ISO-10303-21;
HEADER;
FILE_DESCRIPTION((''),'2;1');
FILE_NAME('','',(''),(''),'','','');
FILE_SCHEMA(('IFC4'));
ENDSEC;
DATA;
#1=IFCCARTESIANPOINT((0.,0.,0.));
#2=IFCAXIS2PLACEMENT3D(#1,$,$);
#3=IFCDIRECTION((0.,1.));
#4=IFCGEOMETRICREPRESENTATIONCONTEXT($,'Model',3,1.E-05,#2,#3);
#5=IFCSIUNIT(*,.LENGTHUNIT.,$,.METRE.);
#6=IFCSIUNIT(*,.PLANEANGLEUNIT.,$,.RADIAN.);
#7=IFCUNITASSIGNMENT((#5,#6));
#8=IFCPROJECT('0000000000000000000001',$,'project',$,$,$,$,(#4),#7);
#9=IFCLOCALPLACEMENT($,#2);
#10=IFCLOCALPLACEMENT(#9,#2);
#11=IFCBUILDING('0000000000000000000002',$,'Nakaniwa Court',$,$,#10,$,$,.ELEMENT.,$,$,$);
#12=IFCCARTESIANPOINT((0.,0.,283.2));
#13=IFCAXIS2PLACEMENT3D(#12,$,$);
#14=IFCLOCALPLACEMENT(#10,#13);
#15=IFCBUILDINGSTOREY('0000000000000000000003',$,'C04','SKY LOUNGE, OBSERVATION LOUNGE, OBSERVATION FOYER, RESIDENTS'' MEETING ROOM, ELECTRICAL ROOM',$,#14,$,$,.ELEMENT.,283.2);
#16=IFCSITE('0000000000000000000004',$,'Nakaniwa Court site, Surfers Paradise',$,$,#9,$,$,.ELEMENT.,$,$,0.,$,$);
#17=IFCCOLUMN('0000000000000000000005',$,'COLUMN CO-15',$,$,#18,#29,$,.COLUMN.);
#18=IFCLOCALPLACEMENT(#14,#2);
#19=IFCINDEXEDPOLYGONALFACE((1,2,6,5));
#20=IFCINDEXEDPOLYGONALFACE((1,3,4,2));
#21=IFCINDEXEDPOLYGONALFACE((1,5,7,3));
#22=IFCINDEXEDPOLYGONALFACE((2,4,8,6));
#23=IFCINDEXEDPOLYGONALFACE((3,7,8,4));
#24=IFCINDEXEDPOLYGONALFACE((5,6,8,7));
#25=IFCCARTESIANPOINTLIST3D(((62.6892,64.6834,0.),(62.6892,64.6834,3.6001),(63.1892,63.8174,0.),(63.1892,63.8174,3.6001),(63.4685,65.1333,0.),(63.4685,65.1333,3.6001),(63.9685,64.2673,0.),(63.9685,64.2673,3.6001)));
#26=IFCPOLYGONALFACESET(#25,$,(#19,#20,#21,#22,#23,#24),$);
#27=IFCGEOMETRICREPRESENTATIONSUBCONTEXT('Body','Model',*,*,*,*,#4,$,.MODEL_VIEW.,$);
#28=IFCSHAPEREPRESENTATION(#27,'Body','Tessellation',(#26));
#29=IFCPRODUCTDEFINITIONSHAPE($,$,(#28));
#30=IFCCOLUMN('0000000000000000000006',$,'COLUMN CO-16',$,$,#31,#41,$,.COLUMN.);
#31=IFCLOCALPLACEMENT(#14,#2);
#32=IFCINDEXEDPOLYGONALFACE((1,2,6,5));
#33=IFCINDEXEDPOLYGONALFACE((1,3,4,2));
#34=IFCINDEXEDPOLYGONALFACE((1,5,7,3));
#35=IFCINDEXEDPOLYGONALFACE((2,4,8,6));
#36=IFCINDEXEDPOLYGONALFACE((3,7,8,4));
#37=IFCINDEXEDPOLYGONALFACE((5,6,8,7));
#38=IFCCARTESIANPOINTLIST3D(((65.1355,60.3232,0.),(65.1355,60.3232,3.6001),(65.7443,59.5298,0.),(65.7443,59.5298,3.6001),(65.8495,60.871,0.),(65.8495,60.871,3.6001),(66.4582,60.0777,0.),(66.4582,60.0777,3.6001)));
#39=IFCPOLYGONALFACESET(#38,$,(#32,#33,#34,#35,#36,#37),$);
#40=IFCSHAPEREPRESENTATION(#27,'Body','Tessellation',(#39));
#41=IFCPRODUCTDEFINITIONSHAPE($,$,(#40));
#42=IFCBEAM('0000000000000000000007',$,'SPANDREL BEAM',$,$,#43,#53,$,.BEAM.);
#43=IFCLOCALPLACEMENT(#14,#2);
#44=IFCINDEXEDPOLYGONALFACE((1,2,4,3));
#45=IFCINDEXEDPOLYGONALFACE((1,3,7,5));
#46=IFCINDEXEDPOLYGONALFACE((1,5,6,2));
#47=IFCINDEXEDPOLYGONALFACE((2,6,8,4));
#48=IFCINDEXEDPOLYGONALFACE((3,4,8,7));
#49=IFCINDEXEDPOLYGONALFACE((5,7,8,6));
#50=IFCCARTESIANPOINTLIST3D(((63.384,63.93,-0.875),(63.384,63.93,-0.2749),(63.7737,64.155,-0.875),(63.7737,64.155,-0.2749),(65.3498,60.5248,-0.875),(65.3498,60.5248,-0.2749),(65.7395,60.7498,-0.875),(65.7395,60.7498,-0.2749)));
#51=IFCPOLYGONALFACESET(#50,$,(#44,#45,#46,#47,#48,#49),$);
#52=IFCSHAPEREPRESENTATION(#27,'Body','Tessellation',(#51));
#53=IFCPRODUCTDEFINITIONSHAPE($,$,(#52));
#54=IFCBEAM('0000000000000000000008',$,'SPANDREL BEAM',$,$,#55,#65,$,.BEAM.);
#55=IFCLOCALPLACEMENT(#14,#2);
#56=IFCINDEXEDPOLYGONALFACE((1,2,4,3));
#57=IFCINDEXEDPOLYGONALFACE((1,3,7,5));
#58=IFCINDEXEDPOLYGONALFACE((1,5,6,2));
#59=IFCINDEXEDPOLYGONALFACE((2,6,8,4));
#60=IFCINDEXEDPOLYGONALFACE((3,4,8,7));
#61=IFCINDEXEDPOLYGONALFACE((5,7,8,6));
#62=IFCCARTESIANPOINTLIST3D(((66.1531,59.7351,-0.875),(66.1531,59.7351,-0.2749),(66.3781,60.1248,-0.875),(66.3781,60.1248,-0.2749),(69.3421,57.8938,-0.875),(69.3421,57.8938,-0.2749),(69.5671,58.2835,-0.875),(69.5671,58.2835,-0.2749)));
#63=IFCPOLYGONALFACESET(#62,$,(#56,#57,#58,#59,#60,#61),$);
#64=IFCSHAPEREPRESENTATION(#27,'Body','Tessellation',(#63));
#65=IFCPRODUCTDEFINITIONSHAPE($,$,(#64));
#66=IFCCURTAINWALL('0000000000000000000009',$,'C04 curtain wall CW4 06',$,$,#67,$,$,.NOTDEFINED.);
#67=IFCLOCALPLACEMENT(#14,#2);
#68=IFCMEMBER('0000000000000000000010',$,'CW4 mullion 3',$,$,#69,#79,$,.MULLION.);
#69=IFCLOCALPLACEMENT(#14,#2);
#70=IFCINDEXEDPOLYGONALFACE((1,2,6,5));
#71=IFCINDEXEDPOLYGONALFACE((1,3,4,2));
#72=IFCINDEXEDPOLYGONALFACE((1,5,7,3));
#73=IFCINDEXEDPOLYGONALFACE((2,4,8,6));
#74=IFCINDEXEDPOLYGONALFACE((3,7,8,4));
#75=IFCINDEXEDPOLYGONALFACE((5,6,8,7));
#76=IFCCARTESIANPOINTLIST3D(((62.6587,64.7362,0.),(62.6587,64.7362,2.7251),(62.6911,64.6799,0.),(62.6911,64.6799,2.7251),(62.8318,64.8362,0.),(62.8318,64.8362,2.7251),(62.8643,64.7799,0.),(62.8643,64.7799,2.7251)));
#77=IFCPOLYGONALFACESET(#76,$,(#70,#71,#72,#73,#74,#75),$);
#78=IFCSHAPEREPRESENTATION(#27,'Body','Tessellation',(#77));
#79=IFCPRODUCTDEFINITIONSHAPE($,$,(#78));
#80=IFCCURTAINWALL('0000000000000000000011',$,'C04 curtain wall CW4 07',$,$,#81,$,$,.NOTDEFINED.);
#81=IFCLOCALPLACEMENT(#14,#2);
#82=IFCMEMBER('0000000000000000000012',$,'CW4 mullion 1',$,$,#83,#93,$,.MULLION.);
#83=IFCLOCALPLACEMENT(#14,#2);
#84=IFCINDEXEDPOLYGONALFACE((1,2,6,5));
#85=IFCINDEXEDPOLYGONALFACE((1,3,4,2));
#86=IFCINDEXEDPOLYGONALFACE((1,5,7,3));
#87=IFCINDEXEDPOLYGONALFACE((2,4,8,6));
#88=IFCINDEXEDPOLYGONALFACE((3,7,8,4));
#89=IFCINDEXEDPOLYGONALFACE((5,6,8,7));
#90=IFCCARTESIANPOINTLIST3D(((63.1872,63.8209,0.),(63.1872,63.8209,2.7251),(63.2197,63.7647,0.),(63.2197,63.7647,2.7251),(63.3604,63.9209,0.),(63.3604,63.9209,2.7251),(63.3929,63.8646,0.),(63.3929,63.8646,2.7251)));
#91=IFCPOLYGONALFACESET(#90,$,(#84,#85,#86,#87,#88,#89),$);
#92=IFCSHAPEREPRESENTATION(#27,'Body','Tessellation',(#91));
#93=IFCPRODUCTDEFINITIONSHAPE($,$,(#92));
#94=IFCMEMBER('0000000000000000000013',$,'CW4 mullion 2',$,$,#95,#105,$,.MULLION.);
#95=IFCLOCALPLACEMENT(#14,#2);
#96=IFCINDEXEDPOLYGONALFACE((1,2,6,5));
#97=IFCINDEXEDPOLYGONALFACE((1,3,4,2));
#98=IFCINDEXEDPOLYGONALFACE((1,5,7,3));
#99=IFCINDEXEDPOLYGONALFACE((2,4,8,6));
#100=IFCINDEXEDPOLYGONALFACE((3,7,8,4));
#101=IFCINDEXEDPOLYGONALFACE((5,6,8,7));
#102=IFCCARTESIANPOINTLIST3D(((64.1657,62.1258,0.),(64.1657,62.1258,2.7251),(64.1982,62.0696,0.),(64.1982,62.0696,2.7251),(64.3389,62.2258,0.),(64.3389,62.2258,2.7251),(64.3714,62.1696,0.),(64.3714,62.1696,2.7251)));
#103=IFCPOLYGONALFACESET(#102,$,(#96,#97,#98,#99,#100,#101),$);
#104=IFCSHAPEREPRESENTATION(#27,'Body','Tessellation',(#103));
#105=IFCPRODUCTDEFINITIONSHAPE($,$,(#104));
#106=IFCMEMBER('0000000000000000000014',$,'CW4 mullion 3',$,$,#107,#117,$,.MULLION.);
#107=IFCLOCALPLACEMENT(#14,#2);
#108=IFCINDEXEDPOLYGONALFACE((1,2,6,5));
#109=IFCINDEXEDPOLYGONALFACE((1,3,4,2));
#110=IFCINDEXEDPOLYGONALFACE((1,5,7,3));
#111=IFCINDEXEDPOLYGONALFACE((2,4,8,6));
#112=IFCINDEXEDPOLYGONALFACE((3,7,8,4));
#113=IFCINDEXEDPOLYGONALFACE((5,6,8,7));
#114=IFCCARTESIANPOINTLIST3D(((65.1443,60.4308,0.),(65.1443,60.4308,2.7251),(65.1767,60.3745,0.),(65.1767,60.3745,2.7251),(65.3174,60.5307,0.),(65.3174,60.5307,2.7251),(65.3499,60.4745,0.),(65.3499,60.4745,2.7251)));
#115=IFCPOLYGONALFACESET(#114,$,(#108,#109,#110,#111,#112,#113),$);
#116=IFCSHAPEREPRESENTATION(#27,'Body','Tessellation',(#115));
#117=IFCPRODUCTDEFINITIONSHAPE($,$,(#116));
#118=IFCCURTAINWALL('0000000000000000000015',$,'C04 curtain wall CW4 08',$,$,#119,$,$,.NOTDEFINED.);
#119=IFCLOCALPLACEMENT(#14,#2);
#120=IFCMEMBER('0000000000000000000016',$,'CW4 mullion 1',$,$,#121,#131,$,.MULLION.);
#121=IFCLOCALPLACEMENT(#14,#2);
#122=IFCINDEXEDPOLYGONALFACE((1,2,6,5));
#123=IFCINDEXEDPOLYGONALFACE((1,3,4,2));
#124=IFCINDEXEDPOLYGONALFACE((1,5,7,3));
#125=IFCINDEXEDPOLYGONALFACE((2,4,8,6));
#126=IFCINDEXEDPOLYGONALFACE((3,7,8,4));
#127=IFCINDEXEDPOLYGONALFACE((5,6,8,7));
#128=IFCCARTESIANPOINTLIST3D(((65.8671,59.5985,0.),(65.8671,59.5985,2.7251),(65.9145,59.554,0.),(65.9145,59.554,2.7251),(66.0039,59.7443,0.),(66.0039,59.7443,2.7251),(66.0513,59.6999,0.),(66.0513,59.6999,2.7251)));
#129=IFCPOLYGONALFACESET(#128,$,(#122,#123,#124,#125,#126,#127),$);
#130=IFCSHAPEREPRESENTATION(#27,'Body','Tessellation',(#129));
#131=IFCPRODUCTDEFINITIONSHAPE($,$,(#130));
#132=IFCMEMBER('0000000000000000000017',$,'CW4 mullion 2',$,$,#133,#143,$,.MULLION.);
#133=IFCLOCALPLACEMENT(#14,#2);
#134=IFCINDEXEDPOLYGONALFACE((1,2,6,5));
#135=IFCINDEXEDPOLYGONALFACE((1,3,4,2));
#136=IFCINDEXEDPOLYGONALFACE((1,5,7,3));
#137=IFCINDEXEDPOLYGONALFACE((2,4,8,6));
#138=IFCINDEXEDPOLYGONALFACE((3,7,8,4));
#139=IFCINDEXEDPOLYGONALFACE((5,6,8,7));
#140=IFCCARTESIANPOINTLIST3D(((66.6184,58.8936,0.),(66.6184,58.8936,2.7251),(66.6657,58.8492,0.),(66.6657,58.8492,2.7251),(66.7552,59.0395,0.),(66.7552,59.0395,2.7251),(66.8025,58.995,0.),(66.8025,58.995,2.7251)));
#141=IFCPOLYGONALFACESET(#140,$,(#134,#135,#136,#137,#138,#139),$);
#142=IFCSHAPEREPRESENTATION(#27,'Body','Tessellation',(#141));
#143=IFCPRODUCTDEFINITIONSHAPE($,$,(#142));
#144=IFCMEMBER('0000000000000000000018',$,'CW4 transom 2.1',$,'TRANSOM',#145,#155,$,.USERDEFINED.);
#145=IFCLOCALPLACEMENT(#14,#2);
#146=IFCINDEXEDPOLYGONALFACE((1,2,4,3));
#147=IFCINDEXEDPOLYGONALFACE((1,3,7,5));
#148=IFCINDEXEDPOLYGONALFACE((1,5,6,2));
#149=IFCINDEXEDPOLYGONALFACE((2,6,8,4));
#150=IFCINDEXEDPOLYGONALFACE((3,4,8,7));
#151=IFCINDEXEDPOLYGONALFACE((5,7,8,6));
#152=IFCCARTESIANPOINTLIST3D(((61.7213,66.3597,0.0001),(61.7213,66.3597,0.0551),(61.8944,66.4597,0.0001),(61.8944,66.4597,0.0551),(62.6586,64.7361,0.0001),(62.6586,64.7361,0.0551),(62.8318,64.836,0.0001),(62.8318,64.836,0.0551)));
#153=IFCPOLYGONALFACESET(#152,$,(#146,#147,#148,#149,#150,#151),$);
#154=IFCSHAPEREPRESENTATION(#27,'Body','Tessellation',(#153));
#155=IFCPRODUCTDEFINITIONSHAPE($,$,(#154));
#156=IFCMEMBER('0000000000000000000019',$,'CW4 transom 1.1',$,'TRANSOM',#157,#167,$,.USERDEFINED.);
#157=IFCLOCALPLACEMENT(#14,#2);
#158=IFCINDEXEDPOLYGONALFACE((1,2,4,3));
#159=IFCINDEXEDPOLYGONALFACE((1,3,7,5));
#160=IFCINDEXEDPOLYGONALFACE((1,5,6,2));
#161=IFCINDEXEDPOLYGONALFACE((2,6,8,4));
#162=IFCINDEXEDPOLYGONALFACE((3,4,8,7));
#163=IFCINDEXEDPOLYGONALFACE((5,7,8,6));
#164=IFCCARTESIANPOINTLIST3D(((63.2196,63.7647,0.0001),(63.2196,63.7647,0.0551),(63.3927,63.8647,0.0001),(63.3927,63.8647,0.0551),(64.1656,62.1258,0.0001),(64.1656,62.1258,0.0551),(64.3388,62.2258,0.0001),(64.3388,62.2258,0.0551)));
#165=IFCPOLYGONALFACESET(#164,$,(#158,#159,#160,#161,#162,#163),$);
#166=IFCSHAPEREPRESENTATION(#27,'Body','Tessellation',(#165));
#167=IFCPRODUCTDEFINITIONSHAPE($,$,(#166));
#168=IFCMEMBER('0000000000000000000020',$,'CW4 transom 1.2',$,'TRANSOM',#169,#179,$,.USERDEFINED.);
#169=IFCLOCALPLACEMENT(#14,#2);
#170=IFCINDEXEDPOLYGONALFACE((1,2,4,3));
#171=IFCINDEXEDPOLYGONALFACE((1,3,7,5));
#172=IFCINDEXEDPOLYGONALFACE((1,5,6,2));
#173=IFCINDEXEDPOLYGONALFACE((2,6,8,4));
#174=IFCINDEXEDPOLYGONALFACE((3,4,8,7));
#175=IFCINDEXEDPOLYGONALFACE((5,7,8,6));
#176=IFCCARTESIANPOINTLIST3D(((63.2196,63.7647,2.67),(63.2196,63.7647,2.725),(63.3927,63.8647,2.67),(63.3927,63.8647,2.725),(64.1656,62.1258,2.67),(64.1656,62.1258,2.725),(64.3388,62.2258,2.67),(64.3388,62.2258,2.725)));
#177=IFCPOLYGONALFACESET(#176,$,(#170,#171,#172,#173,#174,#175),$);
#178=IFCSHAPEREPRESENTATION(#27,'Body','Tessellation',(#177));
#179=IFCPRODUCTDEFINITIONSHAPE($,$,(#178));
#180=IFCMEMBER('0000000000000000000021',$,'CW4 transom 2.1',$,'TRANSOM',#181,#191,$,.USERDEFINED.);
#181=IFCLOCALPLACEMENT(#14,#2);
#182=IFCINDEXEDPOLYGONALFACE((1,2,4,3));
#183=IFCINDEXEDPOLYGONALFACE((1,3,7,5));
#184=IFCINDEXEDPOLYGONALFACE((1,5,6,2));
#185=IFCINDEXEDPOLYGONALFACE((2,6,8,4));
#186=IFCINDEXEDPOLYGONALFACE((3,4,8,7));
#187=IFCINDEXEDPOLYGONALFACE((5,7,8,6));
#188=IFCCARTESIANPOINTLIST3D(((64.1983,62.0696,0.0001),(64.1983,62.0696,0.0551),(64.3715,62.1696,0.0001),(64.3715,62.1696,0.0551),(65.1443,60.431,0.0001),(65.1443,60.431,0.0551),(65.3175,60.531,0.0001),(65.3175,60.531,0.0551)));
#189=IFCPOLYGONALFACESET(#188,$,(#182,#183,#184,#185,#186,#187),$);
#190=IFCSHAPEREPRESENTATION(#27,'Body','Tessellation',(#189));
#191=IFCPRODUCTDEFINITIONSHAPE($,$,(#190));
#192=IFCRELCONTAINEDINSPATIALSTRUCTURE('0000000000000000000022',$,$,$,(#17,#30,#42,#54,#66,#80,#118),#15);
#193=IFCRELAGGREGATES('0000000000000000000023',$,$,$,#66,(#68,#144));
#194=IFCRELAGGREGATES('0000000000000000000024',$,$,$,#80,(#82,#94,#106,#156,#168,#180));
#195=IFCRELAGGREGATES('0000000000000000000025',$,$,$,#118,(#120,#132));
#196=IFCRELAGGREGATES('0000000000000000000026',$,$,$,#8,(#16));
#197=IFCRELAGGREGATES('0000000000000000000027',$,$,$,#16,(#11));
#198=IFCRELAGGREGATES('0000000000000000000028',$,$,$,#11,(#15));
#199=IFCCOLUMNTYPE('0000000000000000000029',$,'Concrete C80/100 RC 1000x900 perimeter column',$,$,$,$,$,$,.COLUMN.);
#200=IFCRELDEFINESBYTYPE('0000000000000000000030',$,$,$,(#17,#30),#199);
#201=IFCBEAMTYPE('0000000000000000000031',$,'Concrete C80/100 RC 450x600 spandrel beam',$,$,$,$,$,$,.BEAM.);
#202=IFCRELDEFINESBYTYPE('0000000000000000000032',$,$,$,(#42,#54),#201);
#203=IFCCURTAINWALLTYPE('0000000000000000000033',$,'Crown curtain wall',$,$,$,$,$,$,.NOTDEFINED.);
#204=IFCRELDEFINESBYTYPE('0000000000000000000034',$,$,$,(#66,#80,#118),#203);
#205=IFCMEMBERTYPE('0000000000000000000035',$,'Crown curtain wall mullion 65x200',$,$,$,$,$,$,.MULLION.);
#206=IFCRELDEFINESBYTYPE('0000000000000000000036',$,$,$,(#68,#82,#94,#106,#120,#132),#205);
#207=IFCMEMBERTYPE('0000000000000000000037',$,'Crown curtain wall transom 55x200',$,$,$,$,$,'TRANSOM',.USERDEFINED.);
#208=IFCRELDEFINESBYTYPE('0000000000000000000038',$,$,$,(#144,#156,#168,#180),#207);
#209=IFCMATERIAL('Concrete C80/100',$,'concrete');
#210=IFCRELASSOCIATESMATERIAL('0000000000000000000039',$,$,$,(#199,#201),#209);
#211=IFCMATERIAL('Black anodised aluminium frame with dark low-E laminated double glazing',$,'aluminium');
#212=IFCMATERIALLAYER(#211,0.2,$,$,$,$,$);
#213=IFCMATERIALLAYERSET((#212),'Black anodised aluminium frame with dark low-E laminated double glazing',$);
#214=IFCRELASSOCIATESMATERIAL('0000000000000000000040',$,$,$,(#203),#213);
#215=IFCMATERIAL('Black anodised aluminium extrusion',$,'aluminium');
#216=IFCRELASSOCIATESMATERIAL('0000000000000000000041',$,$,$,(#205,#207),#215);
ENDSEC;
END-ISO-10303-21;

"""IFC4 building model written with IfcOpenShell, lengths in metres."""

from ifc_helpers import new_model, si_unit, direction, frame, origin, origin_2d, place, context, subcontext, project, spatial, rectangle, extrude, material, layer, layer_set, material_profile, profile_set, type_object, element, aggregate, save


model = new_model("IFC4")

# Units and contexts
model_context = context("Model", 3, precision=1e-05, world=origin(), true_north=direction((0.0, 1.0)))
body_context = subcontext(model_context, "Body", "Model", "MODEL_VIEW")
ifc_project = project(units=[si_unit("LENGTHUNIT", "METRE"), si_unit("PLANEANGLEUNIT", "RADIAN")], contexts=[model_context])

# Site, building, storey
site_placement = place(None, origin())
site = spatial("IfcSite", under=ifc_project, at=site_placement, Name="Nakaniwa Court site, Surfers Paradise", CompositionType="ELEMENT", RefElevation=0.0)
building_placement = place(site_placement, origin())
building = spatial("IfcBuilding", under=site, at=building_placement, Name="Nakaniwa Court", CompositionType="ELEMENT")
storey_placement = place(building_placement, frame((0.0, 0.0, 283.2)))
storey = spatial("IfcBuildingStorey", under=building, at=storey_placement, Name="C04", Description="SKY LOUNGE, OBSERVATION LOUNGE, OBSERVATION FOYER, RESIDENTS' MEETING ROOM, ELECTRICAL ROOM", CompositionType="ELEMENT", Elevation=283.2)

# Columns
ifc_material_1 = material(Name="Concrete C80/100", Category="concrete")
ifc_material_profile_1 = material_profile(ifc_material_1, rectangle(XDim=1.0, YDim=0.8999, at=origin_2d()), Name="Concrete C80/100 RC 1000x900 perimeter column")
ifc_profile_set_1 = profile_set([ifc_material_profile_1], Name="Concrete C80/100")
column_type = type_object("IfcColumnType", Name="Concrete C80/100 RC 1000x900 perimeter column", PredefinedType="COLUMN", material=ifc_profile_set_1)
for number, where, z_axis, x_axis, name in (
    (1, (63.3289, 64.4753, 0.0), (0.0, 0.0, 1.0), (0.5, -0.866025, 0.0), "COLUMN CO-15"),
    (2, (65.7969, 60.2004, 0.0), (0.0, 0.0, 1.0), (0.608761, -0.793353, 0.0), "COLUMN CO-16"),
):
    element("IfcColumn", number, at=place(storey_placement, frame(where, z_axis=z_axis, x_axis=x_axis)), inside=storey, type_object=column_type, Name=name, PredefinedType="COLUMN", context=body_context, shape_type="SweptSolid", body=[
        extrude(rectangle(XDim=1.0, YDim=0.8999, at=origin_2d()), origin(), (0.0, 0.0, 1.0), 3.6001),
    ])

# Beams
ifc_material_profile_2 = material_profile(ifc_material_1, rectangle(XDim=0.45, YDim=0.6001, at=origin_2d()), Name="Concrete C80/100 RC 450x600 spandrel beam")
ifc_profile_set_2 = profile_set([ifc_material_profile_2], Name="Concrete C80/100")
beam_type = type_object("IfcBeamType", Name="Concrete C80/100 RC 450x600 spandrel beam", PredefinedType="BEAM", material=ifc_profile_set_2)
beam_1_placement = place(storey_placement, frame((63.5789, 64.0425, -0.575), z_axis=(0.499959, -0.866049, 0.0), x_axis=(0.866049, 0.499959, 0.0)))
element("IfcBeam", 3, at=beam_1_placement, inside=storey, type_object=beam_type, Name="SPANDREL BEAM", PredefinedType="BEAM", context=body_context, shape_type="SweptSolid", body=[
    extrude(rectangle(XDim=0.45, YDim=0.6001, at=origin_2d()), origin(), (0.0, 0.0, 1.0), 3.9319),
])
beam_2_placement = place(storey_placement, frame((66.2656, 59.9299, -0.575), z_axis=(0.866007, -0.500032, 0.0), x_axis=(0.500032, 0.866007, 0.0)))
element("IfcBeam", 4, at=beam_2_placement, inside=storey, type_object=beam_type, Name="SPANDREL BEAM", PredefinedType="BEAM", context=body_context, shape_type="SweptSolid", body=[
    extrude(rectangle(XDim=0.45, YDim=0.6001, at=origin_2d()), origin(), (0.0, 0.0, 1.0), 3.6824),
])

# Curtain wall, member
ifc_material_2 = material(Name="Black anodised aluminium frame with dark low-E laminated double glazing", Category="aluminium")
ifc_layer_1 = layer(ifc_material_2, 0.2)
ifc_layer_set_1 = layer_set([ifc_layer_1], Name="Black anodised aluminium frame with dark low-E laminated double glazing")
curtain_wall_type = type_object("IfcCurtainWallType", Name="Crown curtain wall", PredefinedType="NOTDEFINED", material=ifc_layer_set_1)
curtain_wall_1_placement = place(storey_placement, origin())
curtain_wall_1 = element("IfcCurtainWall", 5, at=curtain_wall_1_placement, inside=storey, type_object=curtain_wall_type, Name="C04 curtain wall CW4 06", PredefinedType="NOTDEFINED")
ifc_material_3 = material(Name="Black anodised aluminium extrusion", Category="aluminium")
ifc_material_profile_3 = material_profile(ifc_material_3, rectangle(XDim=0.2, YDim=0.0649, at=origin_2d()), Name="Crown curtain wall mullion 65x200")
ifc_profile_set_3 = profile_set([ifc_material_profile_3], Name="Black anodised aluminium extrusion")
member_type_1 = type_object("IfcMemberType", Name="Crown curtain wall mullion 65x200", PredefinedType="MULLION", material=ifc_profile_set_3)
member_1_placement = place(storey_placement, frame((62.7615, 64.7581, 0.0), z_axis=(0.0, 0.0, 1.0), x_axis=(0.866033, 0.499987, 0.0)))
member_1 = element("IfcMember", 6, at=member_1_placement, type_object=member_type_1, Name="CW4 mullion 3", PredefinedType="MULLION", context=body_context, shape_type="SweptSolid", body=[
    extrude(rectangle(XDim=0.2, YDim=0.0649, at=origin_2d()), origin(), (0.0, 0.0, 1.0), 2.7251),
])

# Curtain walls, members
curtain_wall_2_placement = place(storey_placement, origin())
curtain_wall_2 = element("IfcCurtainWall", 7, at=curtain_wall_2_placement, inside=storey, type_object=curtain_wall_type, Name="C04 curtain wall CW4 07", PredefinedType="NOTDEFINED")
member_2_placement = place(storey_placement, frame((63.29, 63.8428, 0.0), z_axis=(0.0, 0.0, 1.0), x_axis=(0.866028, 0.499996, 0.0)))
member_2 = element("IfcMember", 8, at=member_2_placement, type_object=member_type_1, Name="CW4 mullion 1", PredefinedType="MULLION", context=body_context, shape_type="SweptSolid", body=[
    extrude(rectangle(XDim=0.2, YDim=0.0649, at=origin_2d()), origin(), (0.0, 0.0, 1.0), 2.7251),
])
member_3_placement = place(storey_placement, frame((64.2686, 62.1477, 0.0), z_axis=(0.0, 0.0, 1.0), x_axis=(0.866028, 0.499996, 0.0)))
member_3 = element("IfcMember", 9, at=member_3_placement, type_object=member_type_1, Name="CW4 mullion 2", PredefinedType="MULLION", context=body_context, shape_type="SweptSolid", body=[
    extrude(rectangle(XDim=0.2, YDim=0.0649, at=origin_2d()), origin(), (0.0, 0.0, 1.0), 2.7251),
])
member_4_placement = place(storey_placement, frame((65.2471, 60.4526, 0.0), z_axis=(0.0, 0.0, 1.0), x_axis=(0.866028, 0.499996, 0.0)))
member_4 = element("IfcMember", 10, at=member_4_placement, type_object=member_type_1, Name="CW4 mullion 3", PredefinedType="MULLION", context=body_context, shape_type="SweptSolid", body=[
    extrude(rectangle(XDim=0.2, YDim=0.0649, at=origin_2d()), origin(), (0.0, 0.0, 1.0), 2.7251),
])
curtain_wall_3_placement = place(storey_placement, origin())
curtain_wall_3 = element("IfcCurtainWall", 11, at=curtain_wall_3_placement, inside=storey, type_object=curtain_wall_type, Name="C04 curtain wall CW4 08", PredefinedType="NOTDEFINED")
member_5_placement = place(storey_placement, frame((65.9592, 59.6492, 0.0), z_axis=(0.0, 0.0, 1.0), x_axis=(0.684182, 0.729311, 0.0)))
member_5 = element("IfcMember", 12, at=member_5_placement, type_object=member_type_1, Name="CW4 mullion 1", PredefinedType="MULLION", context=body_context, shape_type="SweptSolid", body=[
    extrude(rectangle(XDim=0.2, YDim=0.0649, at=origin_2d()), origin(), (0.0, 0.0, 1.0), 2.7251),
])
member_6_placement = place(storey_placement, frame((66.7104, 58.9443, 0.0), z_axis=(0.0, 0.0, 1.0), x_axis=(0.684182, 0.729311, 0.0)))
member_6 = element("IfcMember", 13, at=member_6_placement, type_object=member_type_1, Name="CW4 mullion 2", PredefinedType="MULLION", context=body_context, shape_type="SweptSolid", body=[
    extrude(rectangle(XDim=0.2, YDim=0.0649, at=origin_2d()), origin(), (0.0, 0.0, 1.0), 2.7251),
])

# Members
ifc_material_profile_4 = material_profile(ifc_material_3, rectangle(XDim=0.2, YDim=0.0549, at=origin_2d()), Name="Crown curtain wall transom 55x200")
ifc_profile_set_4 = profile_set([ifc_material_profile_4], Name="Black anodised aluminium extrusion")
member_type_2 = type_object("IfcMemberType", Name="Crown curtain wall transom 55x200", ElementType="TRANSOM", PredefinedType="USERDEFINED", material=ifc_profile_set_4)
member_7_placement = place(storey_placement, frame((61.8079, 66.4097, 0.0276), z_axis=(0.499963, -0.866047, 0.0), x_axis=(0.866047, 0.499963, 0.0)))
member_7 = element("IfcMember", 14, at=member_7_placement, type_object=member_type_2, Name="CW4 transom 2.1", ObjectType="TRANSOM", PredefinedType="USERDEFINED", context=body_context, shape_type="SweptSolid", body=[
    extrude(rectangle(XDim=0.2, YDim=0.0549, at=origin_2d()), origin(), (0.0, 0.0, 1.0), 1.8748),
])
member_8_placement = place(storey_placement, frame((63.3062, 63.8147, 0.0276), z_axis=(0.499927, -0.866067, 0.0), x_axis=(0.866067, 0.499927, 0.0)))
member_8 = element("IfcMember", 15, at=member_8_placement, type_object=member_type_2, Name="CW4 transom 1.1", ObjectType="TRANSOM", PredefinedType="USERDEFINED", context=body_context, shape_type="SweptSolid", body=[
    extrude(rectangle(XDim=0.2, YDim=0.0549, at=origin_2d()), origin(), (0.0, 0.0, 1.0), 1.8923),
])
member_9_placement = place(storey_placement, frame((63.3062, 63.8147, 2.6975), z_axis=(0.499927, -0.866067, 0.0), x_axis=(0.866067, 0.499927, 0.0)))
member_9 = element("IfcMember", 16, at=member_9_placement, type_object=member_type_2, Name="CW4 transom 1.2", ObjectType="TRANSOM", PredefinedType="USERDEFINED", context=body_context, shape_type="SweptSolid", body=[
    extrude(rectangle(XDim=0.2, YDim=0.0549, at=origin_2d()), origin(), (0.0, 0.0, 1.0), 1.8923),
])
member_10_placement = place(storey_placement, frame((64.2849, 62.1196, 0.0276), z_axis=(0.499983, -0.866035, 0.0), x_axis=(0.866035, 0.499983, 0.0)))
member_10 = element("IfcMember", 17, at=member_10_placement, type_object=member_type_2, Name="CW4 transom 2.1", ObjectType="TRANSOM", PredefinedType="USERDEFINED", context=body_context, shape_type="SweptSolid", body=[
    extrude(rectangle(XDim=0.2, YDim=0.0549, at=origin_2d()), origin(), (0.0, 0.0, 1.0), 1.8921),
])

aggregate(curtain_wall_1, [member_1, member_7])
aggregate(curtain_wall_2, [member_2, member_3, member_4, member_8, member_9, member_10])
aggregate(curtain_wall_3, [member_5, member_6])

save(model, "model.ifc")
